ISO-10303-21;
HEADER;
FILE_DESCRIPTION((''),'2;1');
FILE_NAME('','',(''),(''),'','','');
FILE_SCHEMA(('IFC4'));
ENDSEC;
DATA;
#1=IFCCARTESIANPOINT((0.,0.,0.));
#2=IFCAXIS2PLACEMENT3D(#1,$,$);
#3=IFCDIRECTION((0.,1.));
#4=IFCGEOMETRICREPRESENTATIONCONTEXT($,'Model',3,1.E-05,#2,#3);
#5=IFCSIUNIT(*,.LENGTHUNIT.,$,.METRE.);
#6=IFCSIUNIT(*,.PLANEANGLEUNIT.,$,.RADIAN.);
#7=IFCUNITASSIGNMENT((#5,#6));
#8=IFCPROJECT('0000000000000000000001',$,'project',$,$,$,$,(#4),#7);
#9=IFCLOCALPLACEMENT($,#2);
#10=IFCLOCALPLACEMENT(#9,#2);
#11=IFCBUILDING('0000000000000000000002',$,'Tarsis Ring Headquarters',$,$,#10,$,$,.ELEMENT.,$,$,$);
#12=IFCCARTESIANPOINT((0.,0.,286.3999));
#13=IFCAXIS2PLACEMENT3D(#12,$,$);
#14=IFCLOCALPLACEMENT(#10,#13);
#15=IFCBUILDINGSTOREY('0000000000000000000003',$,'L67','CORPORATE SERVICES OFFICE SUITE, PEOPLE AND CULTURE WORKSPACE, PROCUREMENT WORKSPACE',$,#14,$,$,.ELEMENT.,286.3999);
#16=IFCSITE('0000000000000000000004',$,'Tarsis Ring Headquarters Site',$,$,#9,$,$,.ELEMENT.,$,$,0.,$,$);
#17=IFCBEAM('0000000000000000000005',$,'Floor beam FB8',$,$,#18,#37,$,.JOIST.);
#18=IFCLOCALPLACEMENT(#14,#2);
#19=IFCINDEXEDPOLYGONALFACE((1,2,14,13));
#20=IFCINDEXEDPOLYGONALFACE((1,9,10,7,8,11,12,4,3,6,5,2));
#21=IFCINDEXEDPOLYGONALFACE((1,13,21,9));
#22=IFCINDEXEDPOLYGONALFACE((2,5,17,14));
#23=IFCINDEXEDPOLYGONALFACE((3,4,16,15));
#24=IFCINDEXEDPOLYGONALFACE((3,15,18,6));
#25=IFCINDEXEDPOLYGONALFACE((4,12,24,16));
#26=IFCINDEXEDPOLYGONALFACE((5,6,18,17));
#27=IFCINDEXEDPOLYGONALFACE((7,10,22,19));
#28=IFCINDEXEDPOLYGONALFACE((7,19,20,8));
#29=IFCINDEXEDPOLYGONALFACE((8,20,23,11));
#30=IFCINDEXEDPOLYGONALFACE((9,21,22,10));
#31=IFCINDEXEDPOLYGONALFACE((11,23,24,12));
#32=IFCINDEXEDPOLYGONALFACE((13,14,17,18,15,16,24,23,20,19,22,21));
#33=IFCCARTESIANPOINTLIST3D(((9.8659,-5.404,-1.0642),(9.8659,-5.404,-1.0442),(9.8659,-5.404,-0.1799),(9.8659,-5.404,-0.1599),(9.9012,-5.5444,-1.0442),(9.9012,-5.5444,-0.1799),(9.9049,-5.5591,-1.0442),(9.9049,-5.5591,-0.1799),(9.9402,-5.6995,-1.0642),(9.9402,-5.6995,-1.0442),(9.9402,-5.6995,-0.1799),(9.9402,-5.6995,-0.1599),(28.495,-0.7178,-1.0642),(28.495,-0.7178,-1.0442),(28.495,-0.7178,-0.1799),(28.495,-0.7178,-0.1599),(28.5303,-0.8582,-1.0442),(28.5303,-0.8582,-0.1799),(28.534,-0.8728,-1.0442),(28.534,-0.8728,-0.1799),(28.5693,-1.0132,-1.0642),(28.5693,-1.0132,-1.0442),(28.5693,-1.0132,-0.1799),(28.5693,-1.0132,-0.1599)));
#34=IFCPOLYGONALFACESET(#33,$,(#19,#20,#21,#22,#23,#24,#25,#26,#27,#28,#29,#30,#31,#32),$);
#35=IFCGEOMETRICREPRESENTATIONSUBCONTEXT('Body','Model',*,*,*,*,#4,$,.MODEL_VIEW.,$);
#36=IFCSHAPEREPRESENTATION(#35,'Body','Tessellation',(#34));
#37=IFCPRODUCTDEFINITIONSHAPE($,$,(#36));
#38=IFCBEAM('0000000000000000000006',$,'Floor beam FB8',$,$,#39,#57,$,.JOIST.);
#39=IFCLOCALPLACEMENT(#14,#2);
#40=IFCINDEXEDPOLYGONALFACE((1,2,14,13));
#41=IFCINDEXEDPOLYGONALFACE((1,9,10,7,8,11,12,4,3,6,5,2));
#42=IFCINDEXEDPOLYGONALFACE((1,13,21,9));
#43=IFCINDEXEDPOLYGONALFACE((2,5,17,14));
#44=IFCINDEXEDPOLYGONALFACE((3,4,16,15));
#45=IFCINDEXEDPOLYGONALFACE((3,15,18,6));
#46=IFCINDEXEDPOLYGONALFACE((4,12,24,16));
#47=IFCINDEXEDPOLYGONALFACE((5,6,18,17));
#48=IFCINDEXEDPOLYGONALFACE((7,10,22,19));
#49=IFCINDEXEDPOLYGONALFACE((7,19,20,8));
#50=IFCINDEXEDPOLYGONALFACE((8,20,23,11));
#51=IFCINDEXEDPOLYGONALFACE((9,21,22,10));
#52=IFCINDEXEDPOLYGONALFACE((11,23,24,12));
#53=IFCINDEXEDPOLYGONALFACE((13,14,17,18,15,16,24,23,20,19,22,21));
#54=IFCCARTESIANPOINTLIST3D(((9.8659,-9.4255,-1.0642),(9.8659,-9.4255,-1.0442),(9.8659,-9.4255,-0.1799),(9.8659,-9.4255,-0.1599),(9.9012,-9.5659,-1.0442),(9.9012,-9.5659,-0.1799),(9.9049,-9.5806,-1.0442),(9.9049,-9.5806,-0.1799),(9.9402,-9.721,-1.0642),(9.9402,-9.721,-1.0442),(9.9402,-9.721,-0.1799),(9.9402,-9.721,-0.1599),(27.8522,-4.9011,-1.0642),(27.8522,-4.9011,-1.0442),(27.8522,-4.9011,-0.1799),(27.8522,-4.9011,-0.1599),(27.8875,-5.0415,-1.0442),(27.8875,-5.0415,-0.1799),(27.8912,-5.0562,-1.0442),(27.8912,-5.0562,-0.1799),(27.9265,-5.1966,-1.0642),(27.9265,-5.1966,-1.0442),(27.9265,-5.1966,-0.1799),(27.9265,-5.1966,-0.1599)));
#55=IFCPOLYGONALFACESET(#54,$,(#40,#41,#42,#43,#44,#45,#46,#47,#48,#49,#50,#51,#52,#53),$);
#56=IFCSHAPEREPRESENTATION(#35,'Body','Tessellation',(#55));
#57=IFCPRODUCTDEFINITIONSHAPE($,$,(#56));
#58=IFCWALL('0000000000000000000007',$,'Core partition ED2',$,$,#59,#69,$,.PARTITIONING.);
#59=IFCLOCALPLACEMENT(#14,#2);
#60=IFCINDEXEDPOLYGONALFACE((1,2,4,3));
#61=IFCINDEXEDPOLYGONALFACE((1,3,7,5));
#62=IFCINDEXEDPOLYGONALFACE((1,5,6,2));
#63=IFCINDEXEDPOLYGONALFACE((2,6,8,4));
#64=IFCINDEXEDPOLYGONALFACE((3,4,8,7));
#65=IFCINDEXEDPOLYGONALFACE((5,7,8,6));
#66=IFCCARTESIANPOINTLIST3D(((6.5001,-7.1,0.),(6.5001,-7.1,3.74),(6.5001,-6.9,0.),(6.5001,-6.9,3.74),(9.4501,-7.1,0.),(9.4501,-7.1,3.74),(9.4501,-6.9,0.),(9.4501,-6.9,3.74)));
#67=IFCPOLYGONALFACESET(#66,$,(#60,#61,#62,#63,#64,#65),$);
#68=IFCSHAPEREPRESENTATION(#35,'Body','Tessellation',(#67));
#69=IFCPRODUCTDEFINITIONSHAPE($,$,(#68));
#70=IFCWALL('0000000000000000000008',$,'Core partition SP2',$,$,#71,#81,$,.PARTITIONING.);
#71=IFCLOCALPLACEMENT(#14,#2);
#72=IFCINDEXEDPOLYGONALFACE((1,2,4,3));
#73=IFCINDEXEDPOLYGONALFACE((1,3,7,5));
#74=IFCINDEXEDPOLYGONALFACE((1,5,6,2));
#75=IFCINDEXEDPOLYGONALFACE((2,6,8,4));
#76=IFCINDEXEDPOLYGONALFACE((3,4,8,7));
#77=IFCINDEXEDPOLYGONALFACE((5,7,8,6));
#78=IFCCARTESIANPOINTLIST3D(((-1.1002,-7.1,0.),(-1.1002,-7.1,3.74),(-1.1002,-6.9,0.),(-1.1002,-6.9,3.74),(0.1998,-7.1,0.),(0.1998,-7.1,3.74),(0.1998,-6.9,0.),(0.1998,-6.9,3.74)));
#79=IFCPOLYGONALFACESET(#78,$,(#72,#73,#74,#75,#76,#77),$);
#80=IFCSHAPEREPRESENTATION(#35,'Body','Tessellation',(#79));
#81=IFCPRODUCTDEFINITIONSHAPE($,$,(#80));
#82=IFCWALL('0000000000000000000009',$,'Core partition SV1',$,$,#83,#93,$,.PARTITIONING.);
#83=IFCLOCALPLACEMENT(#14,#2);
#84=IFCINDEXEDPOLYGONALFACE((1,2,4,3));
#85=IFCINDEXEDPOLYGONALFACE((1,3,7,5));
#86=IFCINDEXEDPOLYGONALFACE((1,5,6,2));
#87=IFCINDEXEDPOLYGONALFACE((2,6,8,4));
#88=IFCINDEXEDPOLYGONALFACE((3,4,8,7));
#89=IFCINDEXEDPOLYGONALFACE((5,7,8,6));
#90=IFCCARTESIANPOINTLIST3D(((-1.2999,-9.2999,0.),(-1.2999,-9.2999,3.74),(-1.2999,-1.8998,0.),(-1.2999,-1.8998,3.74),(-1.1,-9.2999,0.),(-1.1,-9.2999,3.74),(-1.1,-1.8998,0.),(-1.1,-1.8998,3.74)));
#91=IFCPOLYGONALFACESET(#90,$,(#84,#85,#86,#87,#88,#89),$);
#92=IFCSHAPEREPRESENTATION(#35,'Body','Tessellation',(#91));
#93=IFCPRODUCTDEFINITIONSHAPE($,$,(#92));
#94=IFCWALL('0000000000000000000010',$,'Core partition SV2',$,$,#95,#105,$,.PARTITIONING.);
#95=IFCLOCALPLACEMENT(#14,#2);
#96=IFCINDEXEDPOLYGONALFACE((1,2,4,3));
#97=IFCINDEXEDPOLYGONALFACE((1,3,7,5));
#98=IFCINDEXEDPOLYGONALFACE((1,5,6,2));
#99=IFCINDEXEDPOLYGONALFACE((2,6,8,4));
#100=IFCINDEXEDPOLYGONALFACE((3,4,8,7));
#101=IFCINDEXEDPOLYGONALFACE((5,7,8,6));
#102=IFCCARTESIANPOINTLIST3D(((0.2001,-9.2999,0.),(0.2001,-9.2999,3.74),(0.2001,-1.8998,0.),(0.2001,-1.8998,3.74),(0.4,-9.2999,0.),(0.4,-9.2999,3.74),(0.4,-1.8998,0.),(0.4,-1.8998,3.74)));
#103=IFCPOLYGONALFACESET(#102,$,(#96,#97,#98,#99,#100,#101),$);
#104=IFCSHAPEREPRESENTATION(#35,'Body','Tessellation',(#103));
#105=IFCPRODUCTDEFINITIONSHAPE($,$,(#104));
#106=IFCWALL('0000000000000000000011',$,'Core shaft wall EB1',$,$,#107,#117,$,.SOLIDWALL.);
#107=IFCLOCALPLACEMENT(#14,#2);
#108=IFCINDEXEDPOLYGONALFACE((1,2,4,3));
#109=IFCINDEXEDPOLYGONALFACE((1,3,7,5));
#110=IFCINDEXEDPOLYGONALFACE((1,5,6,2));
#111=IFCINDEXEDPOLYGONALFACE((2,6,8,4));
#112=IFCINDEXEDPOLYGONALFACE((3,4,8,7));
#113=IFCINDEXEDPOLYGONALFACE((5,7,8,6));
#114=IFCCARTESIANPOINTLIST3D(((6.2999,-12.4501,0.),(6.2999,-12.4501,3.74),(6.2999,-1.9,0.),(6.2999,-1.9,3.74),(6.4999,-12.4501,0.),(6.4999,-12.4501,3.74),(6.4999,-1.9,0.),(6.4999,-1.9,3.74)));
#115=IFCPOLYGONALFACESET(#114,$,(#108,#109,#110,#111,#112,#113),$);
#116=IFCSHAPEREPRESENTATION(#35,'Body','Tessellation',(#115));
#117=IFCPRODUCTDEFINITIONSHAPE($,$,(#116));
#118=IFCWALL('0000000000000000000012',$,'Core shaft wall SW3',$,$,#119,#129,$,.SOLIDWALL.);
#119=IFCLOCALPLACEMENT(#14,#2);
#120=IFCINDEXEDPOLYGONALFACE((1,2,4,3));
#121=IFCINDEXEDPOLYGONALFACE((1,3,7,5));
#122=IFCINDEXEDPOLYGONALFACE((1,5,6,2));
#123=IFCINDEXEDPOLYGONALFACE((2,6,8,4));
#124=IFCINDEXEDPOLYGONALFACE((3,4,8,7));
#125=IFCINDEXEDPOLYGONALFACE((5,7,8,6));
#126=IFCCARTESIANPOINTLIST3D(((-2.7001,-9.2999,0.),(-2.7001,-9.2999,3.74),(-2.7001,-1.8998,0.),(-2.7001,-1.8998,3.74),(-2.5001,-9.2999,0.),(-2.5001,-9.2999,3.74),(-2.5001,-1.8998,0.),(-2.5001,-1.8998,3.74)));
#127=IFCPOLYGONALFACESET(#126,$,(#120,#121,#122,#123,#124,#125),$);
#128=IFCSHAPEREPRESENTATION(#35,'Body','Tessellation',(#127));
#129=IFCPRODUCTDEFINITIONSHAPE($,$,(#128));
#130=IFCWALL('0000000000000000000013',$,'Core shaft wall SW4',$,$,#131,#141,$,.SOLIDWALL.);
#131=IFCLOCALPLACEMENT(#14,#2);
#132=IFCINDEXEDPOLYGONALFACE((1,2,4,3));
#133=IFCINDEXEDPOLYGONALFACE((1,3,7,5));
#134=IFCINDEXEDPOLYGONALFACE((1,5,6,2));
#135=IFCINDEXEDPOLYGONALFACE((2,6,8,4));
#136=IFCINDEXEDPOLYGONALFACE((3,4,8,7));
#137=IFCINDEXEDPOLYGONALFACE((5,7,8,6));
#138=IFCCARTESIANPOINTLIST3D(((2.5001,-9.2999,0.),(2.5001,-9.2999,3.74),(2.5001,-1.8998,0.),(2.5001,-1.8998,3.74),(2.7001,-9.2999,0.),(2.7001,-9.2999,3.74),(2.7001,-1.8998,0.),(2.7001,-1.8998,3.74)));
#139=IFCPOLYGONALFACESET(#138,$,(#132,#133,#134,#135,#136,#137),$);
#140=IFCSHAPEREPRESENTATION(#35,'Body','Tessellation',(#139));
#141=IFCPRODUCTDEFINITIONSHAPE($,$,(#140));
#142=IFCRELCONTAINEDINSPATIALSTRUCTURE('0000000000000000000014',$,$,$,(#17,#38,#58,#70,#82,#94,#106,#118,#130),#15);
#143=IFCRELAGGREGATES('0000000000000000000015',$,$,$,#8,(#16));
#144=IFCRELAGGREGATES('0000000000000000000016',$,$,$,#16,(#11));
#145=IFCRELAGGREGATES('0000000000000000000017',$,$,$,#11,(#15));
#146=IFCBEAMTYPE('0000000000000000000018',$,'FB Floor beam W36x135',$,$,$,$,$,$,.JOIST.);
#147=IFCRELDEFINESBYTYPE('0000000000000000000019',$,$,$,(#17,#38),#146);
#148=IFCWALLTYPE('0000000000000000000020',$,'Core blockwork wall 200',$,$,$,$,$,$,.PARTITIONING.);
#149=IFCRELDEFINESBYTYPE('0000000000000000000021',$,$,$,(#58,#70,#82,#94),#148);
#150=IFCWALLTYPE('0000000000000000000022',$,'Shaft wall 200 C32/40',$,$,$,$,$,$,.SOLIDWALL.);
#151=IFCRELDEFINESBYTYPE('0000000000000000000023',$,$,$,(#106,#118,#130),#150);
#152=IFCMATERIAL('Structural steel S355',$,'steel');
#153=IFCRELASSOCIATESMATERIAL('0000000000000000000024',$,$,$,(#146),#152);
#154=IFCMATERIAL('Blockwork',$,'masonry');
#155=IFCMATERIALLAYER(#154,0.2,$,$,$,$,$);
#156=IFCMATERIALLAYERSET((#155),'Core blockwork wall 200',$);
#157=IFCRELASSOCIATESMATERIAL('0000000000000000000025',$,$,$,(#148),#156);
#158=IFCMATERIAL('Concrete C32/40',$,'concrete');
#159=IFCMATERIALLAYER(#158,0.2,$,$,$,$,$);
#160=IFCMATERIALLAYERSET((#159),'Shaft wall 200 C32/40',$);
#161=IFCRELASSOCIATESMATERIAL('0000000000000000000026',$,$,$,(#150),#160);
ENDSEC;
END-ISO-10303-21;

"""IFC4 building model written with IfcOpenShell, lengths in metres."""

from ifc_helpers import new_model, si_unit, direction, frame, frame_2d, origin, origin_2d, place, context, subcontext, project, spatial, rectangle, i_section, extrude, material, layer, layer_set, material_profile, profile_set, type_object, element, save


model = new_model("IFC4")

# Units and contexts
model_context = context("Model", 3, precision=1e-05, world=origin(), true_north=direction((0.0, 1.0)))
body_context = subcontext(model_context, "Body", "Model", "MODEL_VIEW")
ifc_project = project(units=[si_unit("LENGTHUNIT", "METRE"), si_unit("PLANEANGLEUNIT", "RADIAN")], contexts=[model_context])

# Site, building, storey
site_placement = place(None, origin())
site = spatial("IfcSite", under=ifc_project, at=site_placement, Name="Tarsis Ring Headquarters Site", CompositionType="ELEMENT", RefElevation=0.0)
building_placement = place(site_placement, origin())
building = spatial("IfcBuilding", under=site, at=building_placement, Name="Tarsis Ring Headquarters", CompositionType="ELEMENT")
storey_placement = place(building_placement, frame((0.0, 0.0, 286.3999)))
storey = spatial("IfcBuildingStorey", under=building, at=storey_placement, Name="L67", Description="CORPORATE SERVICES OFFICE SUITE, PEOPLE AND CULTURE WORKSPACE, PROCUREMENT WORKSPACE", CompositionType="ELEMENT", Elevation=286.3999)

# Beams
ifc_material_1 = material(Name="Structural steel S355", Category="steel")
ifc_material_profile = material_profile(ifc_material_1, i_section(OverallWidth=0.3047, OverallDepth=0.9043, WebThickness=0.0151, FlangeThickness=0.02, at=origin_2d()), Name="W36x135")
ifc_profile_set = profile_set([ifc_material_profile], Name="Structural steel S355")
beam_type = type_object("IfcBeamType", Name="FB Floor beam W36x135", PredefinedType="JOIST", material=ifc_profile_set)
beam_1_placement = place(storey_placement, frame((9.9031, -5.5518, -0.6121), z_axis=(0.969786, 0.243956, 0.0), x_axis=(-0.243956, 0.969786, 0.0)))
element("IfcBeam", 1, at=beam_1_placement, inside=storey, type_object=beam_type, Name="Floor beam FB8", PredefinedType="JOIST", context=body_context, shape_type="SweptSolid", body=[
    extrude(i_section(OverallWidth=0.3047, OverallDepth=0.9043, WebThickness=0.0151, FlangeThickness=0.02, at=origin_2d()), origin(), (0.0, 0.0, 1.0), 19.2095),
])
beam_2_placement = place(storey_placement, frame((9.9031, -9.5732, -0.6121), z_axis=(0.969788, 0.243948, 0.0), x_axis=(-0.243948, 0.969788, 0.0)))
element("IfcBeam", 2, at=beam_2_placement, inside=storey, type_object=beam_type, Name="Floor beam FB8", PredefinedType="JOIST", context=body_context, shape_type="SweptSolid", body=[
    extrude(i_section(OverallWidth=0.3047, OverallDepth=0.9043, WebThickness=0.0151, FlangeThickness=0.02, at=origin_2d()), origin(), (0.0, 0.0, 1.0), 18.5466),
])

# Walls
ifc_material_2 = material(Name="Blockwork", Category="masonry")
ifc_layer_1 = layer(ifc_material_2, 0.2)
ifc_layer_set_1 = layer_set([ifc_layer_1], Name="Core blockwork wall 200")
wall_type_1 = type_object("IfcWallType", Name="Core blockwork wall 200", PredefinedType="PARTITIONING", material=ifc_layer_set_1)
wall_1_placement = place(storey_placement, frame((6.5, -7.0, 0.0), z_axis=(0.0, 0.0, 1.0), x_axis=(1.0, 0.0, 0.0)))
element("IfcWall", 3, at=wall_1_placement, inside=storey, type_object=wall_type_1, Name="Core partition ED2", PredefinedType="PARTITIONING", context=body_context, shape_type="SweptSolid", body=[
    extrude(rectangle(XDim=2.95, YDim=0.2, at=frame_2d((1.4751, 0.0))), origin(), (0.0, 0.0, 1.0), 3.74),
])
wall_2_placement = place(storey_placement, frame((-1.1001, -7.0, 0.0), z_axis=(0.0, 0.0, 1.0), x_axis=(1.0, 0.0, 0.0)))
element("IfcWall", 4, at=wall_2_placement, inside=storey, type_object=wall_type_1, Name="Core partition SP2", PredefinedType="PARTITIONING", context=body_context, shape_type="SweptSolid", body=[
    extrude(rectangle(XDim=1.3, YDim=0.2, at=frame_2d((0.6499, 0.0))), origin(), (0.0, 0.0, 1.0), 3.74),
])
for number, where, z_axis, x_axis, name in (
    (5, (-1.2, -9.3, 0.0), (0.0, 0.0, 1.0), (0.0, 1.0, 0.0), "Core partition SV1"),
    (6, (0.3, -9.3, 0.0), (0.0, 0.0, 1.0), (0.0, 1.0, 0.0), "Core partition SV2"),
):
    element("IfcWall", number, at=place(storey_placement, frame(where, z_axis=z_axis, x_axis=x_axis)), inside=storey, type_object=wall_type_1, Name=name, PredefinedType="PARTITIONING", context=body_context, shape_type="SweptSolid", body=[
        extrude(rectangle(XDim=7.4001, YDim=0.2, at=frame_2d((3.7002, 0.0))), origin(), (0.0, 0.0, 1.0), 3.74),
    ])
ifc_material_3 = material(Name="Concrete C32/40", Category="concrete")
ifc_layer_2 = layer(ifc_material_3, 0.2)
ifc_layer_set_2 = layer_set([ifc_layer_2], Name="Shaft wall 200 C32/40")
wall_type_2 = type_object("IfcWallType", Name="Shaft wall 200 C32/40", PredefinedType="SOLIDWALL", material=ifc_layer_set_2)
wall_3_placement = place(storey_placement, frame((6.3999, -12.45, 0.0), z_axis=(0.0, 0.0, 1.0), x_axis=(0.0, 1.0, 0.0)))
element("IfcWall", 7, at=wall_3_placement, inside=storey, type_object=wall_type_2, Name="Core shaft wall EB1", PredefinedType="SOLIDWALL", context=body_context, shape_type="SweptSolid", body=[
    extrude(rectangle(XDim=10.55, YDim=0.2, at=frame_2d((5.2749, 0.0))), origin(), (0.0, 0.0, 1.0), 3.74),
])
for number, where, z_axis, x_axis, name in (
    (8, (-2.6001, -9.3, 0.0), (0.0, 0.0, 1.0), (0.0, 1.0, 0.0), "Core shaft wall SW3"),
    (9, (2.6001, -9.3, 0.0), (0.0, 0.0, 1.0), (0.0, 1.0, 0.0), "Core shaft wall SW4"),
):
    element("IfcWall", number, at=place(storey_placement, frame(where, z_axis=z_axis, x_axis=x_axis)), inside=storey, type_object=wall_type_2, Name=name, PredefinedType="SOLIDWALL", context=body_context, shape_type="SweptSolid", body=[
        extrude(rectangle(XDim=7.4001, YDim=0.2, at=frame_2d((3.7002, 0.0))), origin(), (0.0, 0.0, 1.0), 3.74),
    ])

save(model, "model.ifc")
